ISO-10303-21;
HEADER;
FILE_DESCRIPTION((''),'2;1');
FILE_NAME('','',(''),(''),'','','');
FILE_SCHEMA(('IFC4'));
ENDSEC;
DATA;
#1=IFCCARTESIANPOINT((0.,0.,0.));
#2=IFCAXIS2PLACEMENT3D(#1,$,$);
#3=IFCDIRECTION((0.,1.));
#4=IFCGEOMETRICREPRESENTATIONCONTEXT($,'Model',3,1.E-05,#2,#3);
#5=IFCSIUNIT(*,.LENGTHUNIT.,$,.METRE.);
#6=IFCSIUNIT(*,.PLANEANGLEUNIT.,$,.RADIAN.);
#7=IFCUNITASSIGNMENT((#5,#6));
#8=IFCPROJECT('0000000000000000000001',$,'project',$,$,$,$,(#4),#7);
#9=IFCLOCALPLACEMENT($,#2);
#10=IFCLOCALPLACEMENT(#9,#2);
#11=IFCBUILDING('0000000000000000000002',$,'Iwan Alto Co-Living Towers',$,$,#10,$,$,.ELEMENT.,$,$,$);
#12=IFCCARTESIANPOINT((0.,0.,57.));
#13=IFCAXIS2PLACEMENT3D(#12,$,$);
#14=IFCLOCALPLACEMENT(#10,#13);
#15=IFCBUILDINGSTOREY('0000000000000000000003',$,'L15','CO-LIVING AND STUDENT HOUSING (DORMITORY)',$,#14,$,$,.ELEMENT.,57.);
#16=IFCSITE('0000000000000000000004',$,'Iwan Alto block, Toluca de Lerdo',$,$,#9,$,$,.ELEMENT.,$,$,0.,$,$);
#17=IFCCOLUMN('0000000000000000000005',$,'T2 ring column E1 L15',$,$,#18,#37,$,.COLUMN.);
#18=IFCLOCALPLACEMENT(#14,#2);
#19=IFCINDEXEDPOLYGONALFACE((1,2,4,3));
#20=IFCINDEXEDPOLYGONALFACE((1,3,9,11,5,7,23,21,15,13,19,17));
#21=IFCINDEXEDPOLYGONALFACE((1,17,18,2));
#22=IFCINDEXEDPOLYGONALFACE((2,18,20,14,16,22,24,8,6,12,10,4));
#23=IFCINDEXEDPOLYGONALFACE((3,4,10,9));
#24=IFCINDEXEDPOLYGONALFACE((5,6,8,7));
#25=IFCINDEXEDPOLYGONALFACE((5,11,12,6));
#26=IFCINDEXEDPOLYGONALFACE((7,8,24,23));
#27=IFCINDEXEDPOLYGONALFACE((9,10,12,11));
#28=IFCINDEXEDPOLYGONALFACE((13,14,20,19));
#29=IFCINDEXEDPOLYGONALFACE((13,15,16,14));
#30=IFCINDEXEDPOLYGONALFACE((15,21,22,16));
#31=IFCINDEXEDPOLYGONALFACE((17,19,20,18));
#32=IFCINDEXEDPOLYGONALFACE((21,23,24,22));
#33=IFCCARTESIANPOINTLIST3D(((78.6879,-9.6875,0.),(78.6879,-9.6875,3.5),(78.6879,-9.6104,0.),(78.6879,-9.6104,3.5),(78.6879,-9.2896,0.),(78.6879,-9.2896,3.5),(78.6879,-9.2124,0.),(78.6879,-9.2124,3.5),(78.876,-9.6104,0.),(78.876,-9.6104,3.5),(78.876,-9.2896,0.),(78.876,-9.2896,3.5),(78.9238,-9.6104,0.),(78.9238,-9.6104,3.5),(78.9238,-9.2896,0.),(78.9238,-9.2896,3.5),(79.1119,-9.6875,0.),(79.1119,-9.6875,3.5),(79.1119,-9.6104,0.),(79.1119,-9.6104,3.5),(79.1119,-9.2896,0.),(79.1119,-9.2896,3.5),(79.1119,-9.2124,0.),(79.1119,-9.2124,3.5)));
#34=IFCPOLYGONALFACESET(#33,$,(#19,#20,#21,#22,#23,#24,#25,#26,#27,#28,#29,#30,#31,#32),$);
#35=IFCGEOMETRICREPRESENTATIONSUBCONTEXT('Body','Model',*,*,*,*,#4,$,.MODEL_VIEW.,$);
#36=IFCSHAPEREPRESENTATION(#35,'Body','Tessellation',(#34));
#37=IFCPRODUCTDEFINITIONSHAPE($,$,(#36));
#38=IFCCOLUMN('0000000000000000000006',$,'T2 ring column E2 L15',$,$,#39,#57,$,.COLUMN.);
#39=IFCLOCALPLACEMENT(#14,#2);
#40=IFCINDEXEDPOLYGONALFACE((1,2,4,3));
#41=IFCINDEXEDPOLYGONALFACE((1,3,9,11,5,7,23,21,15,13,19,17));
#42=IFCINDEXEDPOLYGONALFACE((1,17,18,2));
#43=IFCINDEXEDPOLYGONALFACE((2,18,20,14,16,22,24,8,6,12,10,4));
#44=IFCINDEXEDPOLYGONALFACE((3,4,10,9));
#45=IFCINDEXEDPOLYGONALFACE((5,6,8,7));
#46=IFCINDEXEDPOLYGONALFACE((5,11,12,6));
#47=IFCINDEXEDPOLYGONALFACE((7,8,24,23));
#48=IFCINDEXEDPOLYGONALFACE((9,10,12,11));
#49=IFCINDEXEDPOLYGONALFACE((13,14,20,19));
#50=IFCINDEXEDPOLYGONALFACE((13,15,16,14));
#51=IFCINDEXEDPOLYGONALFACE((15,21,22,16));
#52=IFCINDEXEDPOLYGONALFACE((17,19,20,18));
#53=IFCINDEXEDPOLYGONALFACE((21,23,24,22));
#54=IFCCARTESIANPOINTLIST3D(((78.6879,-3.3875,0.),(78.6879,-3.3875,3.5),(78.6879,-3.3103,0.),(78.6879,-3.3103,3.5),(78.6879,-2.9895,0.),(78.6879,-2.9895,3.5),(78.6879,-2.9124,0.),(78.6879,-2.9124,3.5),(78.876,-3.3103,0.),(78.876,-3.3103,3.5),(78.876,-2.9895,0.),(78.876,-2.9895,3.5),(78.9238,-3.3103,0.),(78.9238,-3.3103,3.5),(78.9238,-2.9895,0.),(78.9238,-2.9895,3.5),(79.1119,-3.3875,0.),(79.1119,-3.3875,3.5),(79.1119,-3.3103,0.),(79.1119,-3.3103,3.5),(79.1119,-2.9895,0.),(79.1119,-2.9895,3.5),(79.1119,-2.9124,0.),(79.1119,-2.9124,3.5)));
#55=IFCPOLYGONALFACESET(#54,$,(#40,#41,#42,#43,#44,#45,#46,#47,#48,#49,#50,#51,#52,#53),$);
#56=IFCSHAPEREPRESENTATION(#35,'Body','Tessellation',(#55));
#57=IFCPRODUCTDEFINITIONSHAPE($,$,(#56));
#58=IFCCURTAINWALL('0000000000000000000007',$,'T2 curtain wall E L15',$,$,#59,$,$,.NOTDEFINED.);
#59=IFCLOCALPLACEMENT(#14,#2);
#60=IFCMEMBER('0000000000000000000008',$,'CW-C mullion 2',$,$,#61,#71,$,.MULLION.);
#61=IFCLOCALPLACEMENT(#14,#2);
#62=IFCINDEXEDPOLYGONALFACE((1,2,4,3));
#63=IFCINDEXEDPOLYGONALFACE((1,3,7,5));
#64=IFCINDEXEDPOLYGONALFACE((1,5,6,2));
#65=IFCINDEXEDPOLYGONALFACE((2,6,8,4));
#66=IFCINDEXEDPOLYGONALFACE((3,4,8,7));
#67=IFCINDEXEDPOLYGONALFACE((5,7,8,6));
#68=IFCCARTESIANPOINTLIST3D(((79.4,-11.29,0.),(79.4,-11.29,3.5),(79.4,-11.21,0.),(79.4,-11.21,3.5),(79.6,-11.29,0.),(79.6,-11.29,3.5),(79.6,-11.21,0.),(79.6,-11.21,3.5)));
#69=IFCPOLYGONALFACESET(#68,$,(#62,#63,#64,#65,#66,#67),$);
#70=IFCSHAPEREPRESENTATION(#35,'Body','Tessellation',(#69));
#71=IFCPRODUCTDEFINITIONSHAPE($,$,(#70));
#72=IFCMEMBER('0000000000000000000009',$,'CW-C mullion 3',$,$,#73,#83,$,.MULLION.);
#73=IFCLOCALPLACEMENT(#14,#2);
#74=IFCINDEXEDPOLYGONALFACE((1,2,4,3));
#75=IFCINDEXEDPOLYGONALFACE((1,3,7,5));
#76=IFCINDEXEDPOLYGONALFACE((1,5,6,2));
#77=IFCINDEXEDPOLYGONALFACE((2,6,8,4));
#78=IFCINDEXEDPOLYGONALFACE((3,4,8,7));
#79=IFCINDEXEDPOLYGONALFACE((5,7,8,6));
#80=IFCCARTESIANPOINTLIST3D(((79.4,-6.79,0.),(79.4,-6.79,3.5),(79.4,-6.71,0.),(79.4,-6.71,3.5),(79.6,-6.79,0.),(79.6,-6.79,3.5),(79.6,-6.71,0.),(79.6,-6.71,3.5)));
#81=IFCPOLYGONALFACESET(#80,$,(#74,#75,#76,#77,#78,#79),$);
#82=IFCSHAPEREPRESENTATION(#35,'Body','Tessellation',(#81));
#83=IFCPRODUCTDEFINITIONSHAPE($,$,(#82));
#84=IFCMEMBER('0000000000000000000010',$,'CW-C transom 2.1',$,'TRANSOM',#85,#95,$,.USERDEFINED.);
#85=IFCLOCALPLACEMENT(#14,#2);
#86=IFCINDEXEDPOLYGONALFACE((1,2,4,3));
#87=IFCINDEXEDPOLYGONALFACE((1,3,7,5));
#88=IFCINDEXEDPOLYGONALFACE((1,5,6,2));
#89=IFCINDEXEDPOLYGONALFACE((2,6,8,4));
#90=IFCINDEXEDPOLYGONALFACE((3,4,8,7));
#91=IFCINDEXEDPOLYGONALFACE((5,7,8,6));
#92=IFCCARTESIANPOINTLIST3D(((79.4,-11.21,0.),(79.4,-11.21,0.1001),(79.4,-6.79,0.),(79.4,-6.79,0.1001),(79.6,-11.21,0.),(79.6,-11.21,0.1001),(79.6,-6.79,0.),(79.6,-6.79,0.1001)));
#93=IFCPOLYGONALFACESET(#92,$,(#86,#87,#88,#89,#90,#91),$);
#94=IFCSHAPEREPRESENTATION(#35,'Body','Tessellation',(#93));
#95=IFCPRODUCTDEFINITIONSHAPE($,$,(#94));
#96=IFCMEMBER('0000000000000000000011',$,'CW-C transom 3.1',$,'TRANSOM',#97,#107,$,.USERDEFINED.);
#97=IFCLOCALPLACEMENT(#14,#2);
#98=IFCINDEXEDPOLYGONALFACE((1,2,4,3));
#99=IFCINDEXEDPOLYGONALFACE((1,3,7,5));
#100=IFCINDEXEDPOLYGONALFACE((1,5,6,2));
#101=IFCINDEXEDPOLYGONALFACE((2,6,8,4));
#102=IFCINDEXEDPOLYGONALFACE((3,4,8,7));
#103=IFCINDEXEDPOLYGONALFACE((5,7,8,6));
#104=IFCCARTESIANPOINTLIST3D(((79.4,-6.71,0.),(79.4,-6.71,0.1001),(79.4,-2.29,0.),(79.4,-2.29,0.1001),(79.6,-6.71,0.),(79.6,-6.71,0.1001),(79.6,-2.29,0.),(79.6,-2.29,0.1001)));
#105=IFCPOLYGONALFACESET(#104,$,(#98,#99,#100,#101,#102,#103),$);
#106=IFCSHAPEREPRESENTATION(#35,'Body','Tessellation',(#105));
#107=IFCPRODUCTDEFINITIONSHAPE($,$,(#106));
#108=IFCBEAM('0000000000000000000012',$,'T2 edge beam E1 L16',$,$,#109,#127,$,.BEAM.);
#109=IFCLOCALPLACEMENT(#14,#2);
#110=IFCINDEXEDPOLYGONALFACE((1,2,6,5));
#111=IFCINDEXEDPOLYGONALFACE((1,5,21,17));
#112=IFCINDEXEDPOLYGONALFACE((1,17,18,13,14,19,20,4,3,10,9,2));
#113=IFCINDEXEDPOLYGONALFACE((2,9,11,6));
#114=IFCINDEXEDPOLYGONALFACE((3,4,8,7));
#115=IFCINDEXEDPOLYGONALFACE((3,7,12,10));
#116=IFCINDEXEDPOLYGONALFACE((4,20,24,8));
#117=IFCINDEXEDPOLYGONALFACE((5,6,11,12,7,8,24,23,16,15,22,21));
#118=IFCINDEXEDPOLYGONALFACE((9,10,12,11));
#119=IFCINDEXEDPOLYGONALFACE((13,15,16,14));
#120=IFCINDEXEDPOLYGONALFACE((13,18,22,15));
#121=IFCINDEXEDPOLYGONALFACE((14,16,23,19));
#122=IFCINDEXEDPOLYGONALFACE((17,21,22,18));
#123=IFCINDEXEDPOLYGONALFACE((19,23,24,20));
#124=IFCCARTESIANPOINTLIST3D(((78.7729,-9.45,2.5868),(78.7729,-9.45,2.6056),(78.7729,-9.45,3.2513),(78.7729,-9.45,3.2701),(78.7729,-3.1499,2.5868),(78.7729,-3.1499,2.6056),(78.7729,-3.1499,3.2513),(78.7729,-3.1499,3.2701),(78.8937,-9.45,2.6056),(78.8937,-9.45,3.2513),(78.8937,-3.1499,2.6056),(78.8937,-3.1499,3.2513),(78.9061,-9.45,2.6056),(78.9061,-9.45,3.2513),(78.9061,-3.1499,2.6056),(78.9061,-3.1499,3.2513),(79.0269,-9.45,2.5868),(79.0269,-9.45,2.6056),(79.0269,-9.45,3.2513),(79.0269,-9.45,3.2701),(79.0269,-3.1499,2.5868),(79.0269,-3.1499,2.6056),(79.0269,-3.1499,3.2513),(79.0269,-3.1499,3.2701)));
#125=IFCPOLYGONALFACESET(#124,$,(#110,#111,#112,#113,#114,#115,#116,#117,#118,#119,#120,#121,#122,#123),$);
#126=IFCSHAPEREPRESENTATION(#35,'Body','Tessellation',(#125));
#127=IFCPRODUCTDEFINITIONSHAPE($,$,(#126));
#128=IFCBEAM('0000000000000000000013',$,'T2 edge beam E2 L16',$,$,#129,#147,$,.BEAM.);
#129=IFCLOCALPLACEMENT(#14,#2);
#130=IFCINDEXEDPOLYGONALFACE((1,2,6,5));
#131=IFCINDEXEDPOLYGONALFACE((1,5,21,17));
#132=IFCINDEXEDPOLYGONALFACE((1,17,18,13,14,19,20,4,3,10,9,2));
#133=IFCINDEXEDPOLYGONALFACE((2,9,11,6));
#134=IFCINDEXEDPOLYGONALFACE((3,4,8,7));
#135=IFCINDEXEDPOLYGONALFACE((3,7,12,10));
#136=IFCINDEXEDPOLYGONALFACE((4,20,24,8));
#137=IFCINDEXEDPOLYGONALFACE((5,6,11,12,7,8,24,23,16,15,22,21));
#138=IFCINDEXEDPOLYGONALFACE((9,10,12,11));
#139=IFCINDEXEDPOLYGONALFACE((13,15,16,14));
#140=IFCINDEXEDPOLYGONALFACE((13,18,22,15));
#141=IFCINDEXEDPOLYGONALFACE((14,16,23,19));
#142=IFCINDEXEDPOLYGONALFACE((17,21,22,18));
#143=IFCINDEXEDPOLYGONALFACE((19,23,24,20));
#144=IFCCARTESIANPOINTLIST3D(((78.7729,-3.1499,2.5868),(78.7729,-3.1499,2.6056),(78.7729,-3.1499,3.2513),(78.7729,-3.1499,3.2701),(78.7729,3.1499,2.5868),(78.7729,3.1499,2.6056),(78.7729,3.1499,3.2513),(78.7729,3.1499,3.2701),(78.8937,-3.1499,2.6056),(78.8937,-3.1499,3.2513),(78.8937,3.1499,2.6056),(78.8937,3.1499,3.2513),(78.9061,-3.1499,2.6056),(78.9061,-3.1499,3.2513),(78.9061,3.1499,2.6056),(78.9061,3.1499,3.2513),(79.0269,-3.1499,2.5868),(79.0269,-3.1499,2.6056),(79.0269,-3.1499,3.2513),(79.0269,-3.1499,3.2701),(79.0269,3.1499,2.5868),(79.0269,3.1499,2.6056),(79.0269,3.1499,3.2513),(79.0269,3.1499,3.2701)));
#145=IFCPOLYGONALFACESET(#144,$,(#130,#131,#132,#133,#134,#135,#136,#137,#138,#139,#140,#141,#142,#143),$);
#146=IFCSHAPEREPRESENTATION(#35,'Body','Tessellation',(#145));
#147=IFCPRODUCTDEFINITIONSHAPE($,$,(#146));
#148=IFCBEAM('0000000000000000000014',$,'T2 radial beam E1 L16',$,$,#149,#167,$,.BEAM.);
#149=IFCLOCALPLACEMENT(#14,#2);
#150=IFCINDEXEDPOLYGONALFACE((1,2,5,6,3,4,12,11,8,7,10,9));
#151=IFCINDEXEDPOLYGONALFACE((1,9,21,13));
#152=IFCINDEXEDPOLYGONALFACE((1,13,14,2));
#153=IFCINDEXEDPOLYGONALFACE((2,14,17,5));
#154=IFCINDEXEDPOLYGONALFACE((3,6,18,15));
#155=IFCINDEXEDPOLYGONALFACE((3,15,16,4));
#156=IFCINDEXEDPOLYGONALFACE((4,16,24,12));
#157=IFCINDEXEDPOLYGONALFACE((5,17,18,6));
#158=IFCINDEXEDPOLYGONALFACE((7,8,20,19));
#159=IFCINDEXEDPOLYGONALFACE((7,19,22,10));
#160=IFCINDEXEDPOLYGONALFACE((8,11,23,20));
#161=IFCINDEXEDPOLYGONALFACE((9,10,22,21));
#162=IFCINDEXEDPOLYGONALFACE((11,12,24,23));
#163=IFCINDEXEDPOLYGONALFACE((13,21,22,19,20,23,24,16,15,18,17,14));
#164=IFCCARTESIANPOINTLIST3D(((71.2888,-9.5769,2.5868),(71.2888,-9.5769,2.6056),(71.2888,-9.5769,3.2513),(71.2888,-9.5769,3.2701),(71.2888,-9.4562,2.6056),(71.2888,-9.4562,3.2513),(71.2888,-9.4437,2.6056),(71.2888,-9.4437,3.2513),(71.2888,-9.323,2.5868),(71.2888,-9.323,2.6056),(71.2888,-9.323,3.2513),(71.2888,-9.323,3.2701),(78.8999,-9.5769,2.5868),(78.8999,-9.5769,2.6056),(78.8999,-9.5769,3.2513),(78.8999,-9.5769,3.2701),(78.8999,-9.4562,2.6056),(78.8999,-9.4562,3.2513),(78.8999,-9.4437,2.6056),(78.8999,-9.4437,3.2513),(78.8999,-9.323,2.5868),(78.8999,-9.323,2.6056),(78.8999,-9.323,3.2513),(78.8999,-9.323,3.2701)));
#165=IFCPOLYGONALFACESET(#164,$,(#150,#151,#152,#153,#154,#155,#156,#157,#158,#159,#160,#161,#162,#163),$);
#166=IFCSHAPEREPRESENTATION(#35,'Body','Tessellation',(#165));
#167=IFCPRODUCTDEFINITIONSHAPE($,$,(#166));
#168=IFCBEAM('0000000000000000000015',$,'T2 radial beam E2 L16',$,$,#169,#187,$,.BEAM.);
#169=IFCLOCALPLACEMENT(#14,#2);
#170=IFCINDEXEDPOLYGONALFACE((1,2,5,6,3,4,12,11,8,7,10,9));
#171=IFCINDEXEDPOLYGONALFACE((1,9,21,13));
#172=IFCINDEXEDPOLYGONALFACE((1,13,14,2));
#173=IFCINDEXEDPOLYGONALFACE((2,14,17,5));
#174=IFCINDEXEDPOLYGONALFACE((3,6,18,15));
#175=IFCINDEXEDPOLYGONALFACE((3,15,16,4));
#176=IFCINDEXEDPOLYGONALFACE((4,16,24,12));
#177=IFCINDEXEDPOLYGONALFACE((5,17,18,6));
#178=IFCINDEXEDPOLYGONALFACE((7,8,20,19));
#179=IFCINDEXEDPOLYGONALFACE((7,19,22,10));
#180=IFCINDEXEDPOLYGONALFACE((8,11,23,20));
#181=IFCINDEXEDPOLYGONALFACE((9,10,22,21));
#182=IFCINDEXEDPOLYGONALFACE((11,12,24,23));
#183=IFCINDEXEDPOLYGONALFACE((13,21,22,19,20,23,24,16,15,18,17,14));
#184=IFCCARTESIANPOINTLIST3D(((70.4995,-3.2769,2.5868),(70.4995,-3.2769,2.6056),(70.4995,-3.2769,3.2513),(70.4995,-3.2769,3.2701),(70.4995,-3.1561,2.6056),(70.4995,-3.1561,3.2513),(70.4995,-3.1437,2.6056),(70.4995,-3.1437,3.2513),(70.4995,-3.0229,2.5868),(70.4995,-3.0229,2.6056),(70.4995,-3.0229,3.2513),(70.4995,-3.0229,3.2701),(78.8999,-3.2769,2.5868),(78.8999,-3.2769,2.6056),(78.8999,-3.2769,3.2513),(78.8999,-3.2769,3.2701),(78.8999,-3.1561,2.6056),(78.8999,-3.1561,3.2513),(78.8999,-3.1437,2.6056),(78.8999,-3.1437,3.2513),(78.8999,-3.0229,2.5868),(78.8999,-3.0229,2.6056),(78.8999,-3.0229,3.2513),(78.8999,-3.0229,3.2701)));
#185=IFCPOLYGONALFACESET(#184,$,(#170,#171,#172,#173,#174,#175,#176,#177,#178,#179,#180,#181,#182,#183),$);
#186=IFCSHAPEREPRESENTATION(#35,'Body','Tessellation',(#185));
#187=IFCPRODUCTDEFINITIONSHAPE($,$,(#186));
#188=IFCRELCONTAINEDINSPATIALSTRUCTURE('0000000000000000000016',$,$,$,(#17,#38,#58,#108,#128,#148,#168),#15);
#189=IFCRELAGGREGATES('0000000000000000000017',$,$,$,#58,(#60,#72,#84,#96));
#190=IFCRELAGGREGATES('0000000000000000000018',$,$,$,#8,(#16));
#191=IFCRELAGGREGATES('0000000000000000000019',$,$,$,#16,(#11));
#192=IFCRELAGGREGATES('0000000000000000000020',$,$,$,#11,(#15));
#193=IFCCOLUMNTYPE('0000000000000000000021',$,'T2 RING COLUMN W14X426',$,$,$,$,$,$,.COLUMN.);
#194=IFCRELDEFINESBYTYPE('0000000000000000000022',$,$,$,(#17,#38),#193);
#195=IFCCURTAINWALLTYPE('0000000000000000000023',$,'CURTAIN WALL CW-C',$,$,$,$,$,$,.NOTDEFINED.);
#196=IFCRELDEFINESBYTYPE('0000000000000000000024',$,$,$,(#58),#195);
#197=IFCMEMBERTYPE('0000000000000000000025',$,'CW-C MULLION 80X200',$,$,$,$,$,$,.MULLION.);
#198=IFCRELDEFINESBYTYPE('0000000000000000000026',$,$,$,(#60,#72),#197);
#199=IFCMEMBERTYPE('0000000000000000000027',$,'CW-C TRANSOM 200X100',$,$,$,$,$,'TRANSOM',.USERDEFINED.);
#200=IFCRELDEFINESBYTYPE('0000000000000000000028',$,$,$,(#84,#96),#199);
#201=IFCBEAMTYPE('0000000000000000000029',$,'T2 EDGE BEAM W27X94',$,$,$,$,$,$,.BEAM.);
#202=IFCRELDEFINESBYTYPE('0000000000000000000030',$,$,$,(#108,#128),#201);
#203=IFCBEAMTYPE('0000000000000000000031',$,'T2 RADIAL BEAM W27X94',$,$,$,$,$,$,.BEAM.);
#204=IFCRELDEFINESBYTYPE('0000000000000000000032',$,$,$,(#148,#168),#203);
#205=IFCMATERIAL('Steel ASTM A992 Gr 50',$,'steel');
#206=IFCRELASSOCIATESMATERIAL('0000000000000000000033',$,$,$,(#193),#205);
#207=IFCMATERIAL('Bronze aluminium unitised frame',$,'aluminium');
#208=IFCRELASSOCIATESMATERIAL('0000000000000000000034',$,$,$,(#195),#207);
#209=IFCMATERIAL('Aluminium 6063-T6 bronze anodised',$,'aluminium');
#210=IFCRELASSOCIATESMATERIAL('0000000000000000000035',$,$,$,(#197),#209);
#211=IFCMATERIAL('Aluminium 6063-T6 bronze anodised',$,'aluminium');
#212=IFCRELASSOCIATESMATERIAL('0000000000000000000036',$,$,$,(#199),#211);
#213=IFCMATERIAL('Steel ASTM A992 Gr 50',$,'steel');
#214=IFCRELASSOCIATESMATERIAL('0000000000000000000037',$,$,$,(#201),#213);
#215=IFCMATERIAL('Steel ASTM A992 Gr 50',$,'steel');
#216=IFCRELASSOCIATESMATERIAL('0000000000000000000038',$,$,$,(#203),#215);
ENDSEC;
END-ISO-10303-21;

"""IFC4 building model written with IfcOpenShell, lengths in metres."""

from ifc_helpers import new_model, si_unit, direction, frame, origin, origin_2d, place, context, subcontext, project, spatial, rectangle, i_section, extrude, material, material_profile, profile_set, type_object, element, aggregate, save


model = new_model("IFC4")

# Units and contexts
model_context = context("Model", 3, precision=1e-05, world=origin(), true_north=direction((0.0, 1.0)))
body_context = subcontext(model_context, "Body", "Model", "MODEL_VIEW")
ifc_project = project(units=[si_unit("LENGTHUNIT", "METRE"), si_unit("PLANEANGLEUNIT", "RADIAN")], contexts=[model_context])

# Site, building, storey
site_placement = place(None, origin())
site = spatial("IfcSite", under=ifc_project, at=site_placement, Name="Iwan Alto block, Toluca de Lerdo", CompositionType="ELEMENT", RefElevation=0.0)
building_placement = place(site_placement, origin())
building = spatial("IfcBuilding", under=site, at=building_placement, Name="Iwan Alto Co-Living Towers", CompositionType="ELEMENT")
storey_placement = place(building_placement, frame((0.0, 0.0, 57.0)))
storey = spatial("IfcBuildingStorey", under=building, at=storey_placement, Name="L15", Description="CO-LIVING AND STUDENT HOUSING (DORMITORY)", CompositionType="ELEMENT", Elevation=57.0)

# Columns
ifc_material_1 = material(Name="Steel ASTM A992 Gr 50", Category="steel")
ifc_material_profile_1 = material_profile(ifc_material_1, i_section(OverallWidth=0.4241, OverallDepth=0.4751, WebThickness=0.0479, FlangeThickness=0.0771, at=origin_2d()), Name="W14X426")
ifc_profile_set_1 = profile_set([ifc_material_profile_1], Name="Steel ASTM A992 Gr 50")
column_type = type_object("IfcColumnType", Name="T2 RING COLUMN W14X426", PredefinedType="COLUMN", material=ifc_profile_set_1)
for number, where, z_axis, x_axis, name in (
    (1, (78.8999, -9.45, 0.0), (0.0, 0.0, 1.0), (1.0, 0.0, 0.0), "T2 ring column E1 L15"),
    (2, (78.8999, -3.1499, 0.0), (0.0, 0.0, 1.0), (1.0, 0.0, 0.0), "T2 ring column E2 L15"),
):
    element("IfcColumn", number, at=place(storey_placement, frame(where, z_axis=z_axis, x_axis=x_axis)), inside=storey, type_object=column_type, Name=name, PredefinedType="COLUMN", context=body_context, shape_type="SweptSolid", body=[
        extrude(i_section(OverallWidth=0.4241, OverallDepth=0.4751, WebThickness=0.0479, FlangeThickness=0.0771, at=origin_2d()), origin(), (0.0, 0.0, 1.0), 3.5),
    ])

# Curtain wall, members
ifc_material_2 = material(Name="Bronze aluminium unitised frame", Category="aluminium")
curtain_wall_type = type_object("IfcCurtainWallType", Name="CURTAIN WALL CW-C", PredefinedType="NOTDEFINED", material=ifc_material_2)
curtain_wall_placement = place(storey_placement, origin())
curtain_wall = element("IfcCurtainWall", 3, at=curtain_wall_placement, inside=storey, type_object=curtain_wall_type, Name="T2 curtain wall E L15", PredefinedType="NOTDEFINED")
ifc_material_3 = material(Name="Aluminium 6063-T6 bronze anodised", Category="aluminium")
ifc_material_profile_2 = material_profile(ifc_material_3, rectangle(XDim=0.2, YDim=0.0801, at=origin_2d()), Name="AL 80X200")
ifc_profile_set_2 = profile_set([ifc_material_profile_2], Name="Aluminium 6063-T6 bronze anodised")
member_type_1 = type_object("IfcMemberType", Name="CW-C MULLION 80X200", PredefinedType="MULLION", material=ifc_profile_set_2)
member_1_placement = place(storey_placement, frame((79.5, -11.25, 0.0), z_axis=(0.0, 0.0, 1.0), x_axis=(-1.0, 0.0, 0.0)))
member_1 = element("IfcMember", 4, at=member_1_placement, type_object=member_type_1, Name="CW-C mullion 2", PredefinedType="MULLION", context=body_context, shape_type="SweptSolid", body=[
    extrude(rectangle(XDim=0.2, YDim=0.0801, at=origin_2d()), origin(), (0.0, 0.0, 1.0), 3.5),
])
member_2_placement = place(storey_placement, frame((79.5, -6.75, 0.0), z_axis=(0.0, 0.0, 1.0), x_axis=(-1.0, 0.0, 0.0)))
member_2 = element("IfcMember", 5, at=member_2_placement, type_object=member_type_1, Name="CW-C mullion 3", PredefinedType="MULLION", context=body_context, shape_type="SweptSolid", body=[
    extrude(rectangle(XDim=0.2, YDim=0.0801, at=origin_2d()), origin(), (0.0, 0.0, 1.0), 3.5),
])
ifc_material_4 = material(Name="Aluminium 6063-T6 bronze anodised", Category="aluminium")
ifc_material_profile_3 = material_profile(ifc_material_4, rectangle(XDim=0.2, YDim=0.1001, at=origin_2d()), Name="AL 200X100")
ifc_profile_set_3 = profile_set([ifc_material_profile_3], Name="Aluminium 6063-T6 bronze anodised")
member_type_2 = type_object("IfcMemberType", Name="CW-C TRANSOM 200X100", ElementType="TRANSOM", PredefinedType="USERDEFINED", material=ifc_profile_set_3)
member_3_placement = place(storey_placement, frame((79.5, -11.21, 0.05), z_axis=(0.0, 1.0, 0.0), x_axis=(-1.0, 0.0, 0.0)))
member_3 = element("IfcMember", 6, at=member_3_placement, type_object=member_type_2, Name="CW-C transom 2.1", ObjectType="TRANSOM", PredefinedType="USERDEFINED", context=body_context, shape_type="SweptSolid", body=[
    extrude(rectangle(XDim=0.2, YDim=0.1001, at=origin_2d()), origin(), (0.0, 0.0, 1.0), 4.4199),
])
member_4_placement = place(storey_placement, frame((79.5, -6.71, 0.05), z_axis=(0.0, 1.0, 0.0), x_axis=(-1.0, 0.0, 0.0)))
member_4 = element("IfcMember", 7, at=member_4_placement, type_object=member_type_2, Name="CW-C transom 3.1", ObjectType="TRANSOM", PredefinedType="USERDEFINED", context=body_context, shape_type="SweptSolid", body=[
    extrude(rectangle(XDim=0.2, YDim=0.1001, at=origin_2d()), origin(), (0.0, 0.0, 1.0), 4.4199),
])

# Beams
ifc_material_5 = material(Name="Steel ASTM A992 Gr 50", Category="steel")
ifc_material_profile_4 = material_profile(ifc_material_5, i_section(OverallWidth=0.2539, OverallDepth=0.6833, WebThickness=0.0125, FlangeThickness=0.0188, at=origin_2d()), Name="W27X94")
ifc_profile_set_4 = profile_set([ifc_material_profile_4], Name="Steel ASTM A992 Gr 50")
beam_type_1 = type_object("IfcBeamType", Name="T2 EDGE BEAM W27X94", PredefinedType="BEAM", material=ifc_profile_set_4)
beam_1_placement = place(storey_placement, frame((78.8999, -9.45, 2.9285), z_axis=(0.0, 1.0, 0.0), x_axis=(-1.0, 0.0, 0.0)))
element("IfcBeam", 8, at=beam_1_placement, inside=storey, type_object=beam_type_1, Name="T2 edge beam E1 L16", PredefinedType="BEAM", context=body_context, shape_type="SweptSolid", body=[
    extrude(i_section(OverallWidth=0.2539, OverallDepth=0.6833, WebThickness=0.0125, FlangeThickness=0.0188, at=origin_2d()), origin(), (0.0, 0.0, 1.0), 6.3),
])
beam_2_placement = place(storey_placement, frame((78.8999, -3.1499, 2.9285), z_axis=(0.0, 1.0, 0.0), x_axis=(-1.0, 0.0, 0.0)))
element("IfcBeam", 9, at=beam_2_placement, inside=storey, type_object=beam_type_1, Name="T2 edge beam E2 L16", PredefinedType="BEAM", context=body_context, shape_type="SweptSolid", body=[
    extrude(i_section(OverallWidth=0.2539, OverallDepth=0.6833, WebThickness=0.0125, FlangeThickness=0.0188, at=origin_2d()), origin(), (0.0, 0.0, 1.0), 6.2998),
])
ifc_material_6 = material(Name="Steel ASTM A992 Gr 50", Category="steel")
ifc_material_profile_5 = material_profile(ifc_material_6, i_section(OverallWidth=0.2539, OverallDepth=0.6833, WebThickness=0.0125, FlangeThickness=0.0188, at=origin_2d()), Name="W27X94")
ifc_profile_set_5 = profile_set([ifc_material_profile_5], Name="Steel ASTM A992 Gr 50")
beam_type_2 = type_object("IfcBeamType", Name="T2 RADIAL BEAM W27X94", PredefinedType="BEAM", material=ifc_profile_set_5)
beam_3_placement = place(storey_placement, frame((78.8999, -9.45, 2.9285), z_axis=(-1.0, 0.0, 0.0), x_axis=(0.0, -1.0, 0.0)))
element("IfcBeam", 10, at=beam_3_placement, inside=storey, type_object=beam_type_2, Name="T2 radial beam E1 L16", PredefinedType="BEAM", context=body_context, shape_type="SweptSolid", body=[
    extrude(i_section(OverallWidth=0.2539, OverallDepth=0.6833, WebThickness=0.0125, FlangeThickness=0.0188, at=origin_2d()), origin(), (0.0, 0.0, 1.0), 7.6111),
])
beam_4_placement = place(storey_placement, frame((78.8999, -3.1499, 2.9285), z_axis=(-1.0, 0.0, 0.0), x_axis=(0.0, -1.0, 0.0)))
element("IfcBeam", 11, at=beam_4_placement, inside=storey, type_object=beam_type_2, Name="T2 radial beam E2 L16", PredefinedType="BEAM", context=body_context, shape_type="SweptSolid", body=[
    extrude(i_section(OverallWidth=0.2539, OverallDepth=0.6833, WebThickness=0.0125, FlangeThickness=0.0188, at=origin_2d()), origin(), (0.0, 0.0, 1.0), 8.4004),
])

aggregate(curtain_wall, [member_1, member_2, member_3, member_4])

save(model, "model.ifc")
